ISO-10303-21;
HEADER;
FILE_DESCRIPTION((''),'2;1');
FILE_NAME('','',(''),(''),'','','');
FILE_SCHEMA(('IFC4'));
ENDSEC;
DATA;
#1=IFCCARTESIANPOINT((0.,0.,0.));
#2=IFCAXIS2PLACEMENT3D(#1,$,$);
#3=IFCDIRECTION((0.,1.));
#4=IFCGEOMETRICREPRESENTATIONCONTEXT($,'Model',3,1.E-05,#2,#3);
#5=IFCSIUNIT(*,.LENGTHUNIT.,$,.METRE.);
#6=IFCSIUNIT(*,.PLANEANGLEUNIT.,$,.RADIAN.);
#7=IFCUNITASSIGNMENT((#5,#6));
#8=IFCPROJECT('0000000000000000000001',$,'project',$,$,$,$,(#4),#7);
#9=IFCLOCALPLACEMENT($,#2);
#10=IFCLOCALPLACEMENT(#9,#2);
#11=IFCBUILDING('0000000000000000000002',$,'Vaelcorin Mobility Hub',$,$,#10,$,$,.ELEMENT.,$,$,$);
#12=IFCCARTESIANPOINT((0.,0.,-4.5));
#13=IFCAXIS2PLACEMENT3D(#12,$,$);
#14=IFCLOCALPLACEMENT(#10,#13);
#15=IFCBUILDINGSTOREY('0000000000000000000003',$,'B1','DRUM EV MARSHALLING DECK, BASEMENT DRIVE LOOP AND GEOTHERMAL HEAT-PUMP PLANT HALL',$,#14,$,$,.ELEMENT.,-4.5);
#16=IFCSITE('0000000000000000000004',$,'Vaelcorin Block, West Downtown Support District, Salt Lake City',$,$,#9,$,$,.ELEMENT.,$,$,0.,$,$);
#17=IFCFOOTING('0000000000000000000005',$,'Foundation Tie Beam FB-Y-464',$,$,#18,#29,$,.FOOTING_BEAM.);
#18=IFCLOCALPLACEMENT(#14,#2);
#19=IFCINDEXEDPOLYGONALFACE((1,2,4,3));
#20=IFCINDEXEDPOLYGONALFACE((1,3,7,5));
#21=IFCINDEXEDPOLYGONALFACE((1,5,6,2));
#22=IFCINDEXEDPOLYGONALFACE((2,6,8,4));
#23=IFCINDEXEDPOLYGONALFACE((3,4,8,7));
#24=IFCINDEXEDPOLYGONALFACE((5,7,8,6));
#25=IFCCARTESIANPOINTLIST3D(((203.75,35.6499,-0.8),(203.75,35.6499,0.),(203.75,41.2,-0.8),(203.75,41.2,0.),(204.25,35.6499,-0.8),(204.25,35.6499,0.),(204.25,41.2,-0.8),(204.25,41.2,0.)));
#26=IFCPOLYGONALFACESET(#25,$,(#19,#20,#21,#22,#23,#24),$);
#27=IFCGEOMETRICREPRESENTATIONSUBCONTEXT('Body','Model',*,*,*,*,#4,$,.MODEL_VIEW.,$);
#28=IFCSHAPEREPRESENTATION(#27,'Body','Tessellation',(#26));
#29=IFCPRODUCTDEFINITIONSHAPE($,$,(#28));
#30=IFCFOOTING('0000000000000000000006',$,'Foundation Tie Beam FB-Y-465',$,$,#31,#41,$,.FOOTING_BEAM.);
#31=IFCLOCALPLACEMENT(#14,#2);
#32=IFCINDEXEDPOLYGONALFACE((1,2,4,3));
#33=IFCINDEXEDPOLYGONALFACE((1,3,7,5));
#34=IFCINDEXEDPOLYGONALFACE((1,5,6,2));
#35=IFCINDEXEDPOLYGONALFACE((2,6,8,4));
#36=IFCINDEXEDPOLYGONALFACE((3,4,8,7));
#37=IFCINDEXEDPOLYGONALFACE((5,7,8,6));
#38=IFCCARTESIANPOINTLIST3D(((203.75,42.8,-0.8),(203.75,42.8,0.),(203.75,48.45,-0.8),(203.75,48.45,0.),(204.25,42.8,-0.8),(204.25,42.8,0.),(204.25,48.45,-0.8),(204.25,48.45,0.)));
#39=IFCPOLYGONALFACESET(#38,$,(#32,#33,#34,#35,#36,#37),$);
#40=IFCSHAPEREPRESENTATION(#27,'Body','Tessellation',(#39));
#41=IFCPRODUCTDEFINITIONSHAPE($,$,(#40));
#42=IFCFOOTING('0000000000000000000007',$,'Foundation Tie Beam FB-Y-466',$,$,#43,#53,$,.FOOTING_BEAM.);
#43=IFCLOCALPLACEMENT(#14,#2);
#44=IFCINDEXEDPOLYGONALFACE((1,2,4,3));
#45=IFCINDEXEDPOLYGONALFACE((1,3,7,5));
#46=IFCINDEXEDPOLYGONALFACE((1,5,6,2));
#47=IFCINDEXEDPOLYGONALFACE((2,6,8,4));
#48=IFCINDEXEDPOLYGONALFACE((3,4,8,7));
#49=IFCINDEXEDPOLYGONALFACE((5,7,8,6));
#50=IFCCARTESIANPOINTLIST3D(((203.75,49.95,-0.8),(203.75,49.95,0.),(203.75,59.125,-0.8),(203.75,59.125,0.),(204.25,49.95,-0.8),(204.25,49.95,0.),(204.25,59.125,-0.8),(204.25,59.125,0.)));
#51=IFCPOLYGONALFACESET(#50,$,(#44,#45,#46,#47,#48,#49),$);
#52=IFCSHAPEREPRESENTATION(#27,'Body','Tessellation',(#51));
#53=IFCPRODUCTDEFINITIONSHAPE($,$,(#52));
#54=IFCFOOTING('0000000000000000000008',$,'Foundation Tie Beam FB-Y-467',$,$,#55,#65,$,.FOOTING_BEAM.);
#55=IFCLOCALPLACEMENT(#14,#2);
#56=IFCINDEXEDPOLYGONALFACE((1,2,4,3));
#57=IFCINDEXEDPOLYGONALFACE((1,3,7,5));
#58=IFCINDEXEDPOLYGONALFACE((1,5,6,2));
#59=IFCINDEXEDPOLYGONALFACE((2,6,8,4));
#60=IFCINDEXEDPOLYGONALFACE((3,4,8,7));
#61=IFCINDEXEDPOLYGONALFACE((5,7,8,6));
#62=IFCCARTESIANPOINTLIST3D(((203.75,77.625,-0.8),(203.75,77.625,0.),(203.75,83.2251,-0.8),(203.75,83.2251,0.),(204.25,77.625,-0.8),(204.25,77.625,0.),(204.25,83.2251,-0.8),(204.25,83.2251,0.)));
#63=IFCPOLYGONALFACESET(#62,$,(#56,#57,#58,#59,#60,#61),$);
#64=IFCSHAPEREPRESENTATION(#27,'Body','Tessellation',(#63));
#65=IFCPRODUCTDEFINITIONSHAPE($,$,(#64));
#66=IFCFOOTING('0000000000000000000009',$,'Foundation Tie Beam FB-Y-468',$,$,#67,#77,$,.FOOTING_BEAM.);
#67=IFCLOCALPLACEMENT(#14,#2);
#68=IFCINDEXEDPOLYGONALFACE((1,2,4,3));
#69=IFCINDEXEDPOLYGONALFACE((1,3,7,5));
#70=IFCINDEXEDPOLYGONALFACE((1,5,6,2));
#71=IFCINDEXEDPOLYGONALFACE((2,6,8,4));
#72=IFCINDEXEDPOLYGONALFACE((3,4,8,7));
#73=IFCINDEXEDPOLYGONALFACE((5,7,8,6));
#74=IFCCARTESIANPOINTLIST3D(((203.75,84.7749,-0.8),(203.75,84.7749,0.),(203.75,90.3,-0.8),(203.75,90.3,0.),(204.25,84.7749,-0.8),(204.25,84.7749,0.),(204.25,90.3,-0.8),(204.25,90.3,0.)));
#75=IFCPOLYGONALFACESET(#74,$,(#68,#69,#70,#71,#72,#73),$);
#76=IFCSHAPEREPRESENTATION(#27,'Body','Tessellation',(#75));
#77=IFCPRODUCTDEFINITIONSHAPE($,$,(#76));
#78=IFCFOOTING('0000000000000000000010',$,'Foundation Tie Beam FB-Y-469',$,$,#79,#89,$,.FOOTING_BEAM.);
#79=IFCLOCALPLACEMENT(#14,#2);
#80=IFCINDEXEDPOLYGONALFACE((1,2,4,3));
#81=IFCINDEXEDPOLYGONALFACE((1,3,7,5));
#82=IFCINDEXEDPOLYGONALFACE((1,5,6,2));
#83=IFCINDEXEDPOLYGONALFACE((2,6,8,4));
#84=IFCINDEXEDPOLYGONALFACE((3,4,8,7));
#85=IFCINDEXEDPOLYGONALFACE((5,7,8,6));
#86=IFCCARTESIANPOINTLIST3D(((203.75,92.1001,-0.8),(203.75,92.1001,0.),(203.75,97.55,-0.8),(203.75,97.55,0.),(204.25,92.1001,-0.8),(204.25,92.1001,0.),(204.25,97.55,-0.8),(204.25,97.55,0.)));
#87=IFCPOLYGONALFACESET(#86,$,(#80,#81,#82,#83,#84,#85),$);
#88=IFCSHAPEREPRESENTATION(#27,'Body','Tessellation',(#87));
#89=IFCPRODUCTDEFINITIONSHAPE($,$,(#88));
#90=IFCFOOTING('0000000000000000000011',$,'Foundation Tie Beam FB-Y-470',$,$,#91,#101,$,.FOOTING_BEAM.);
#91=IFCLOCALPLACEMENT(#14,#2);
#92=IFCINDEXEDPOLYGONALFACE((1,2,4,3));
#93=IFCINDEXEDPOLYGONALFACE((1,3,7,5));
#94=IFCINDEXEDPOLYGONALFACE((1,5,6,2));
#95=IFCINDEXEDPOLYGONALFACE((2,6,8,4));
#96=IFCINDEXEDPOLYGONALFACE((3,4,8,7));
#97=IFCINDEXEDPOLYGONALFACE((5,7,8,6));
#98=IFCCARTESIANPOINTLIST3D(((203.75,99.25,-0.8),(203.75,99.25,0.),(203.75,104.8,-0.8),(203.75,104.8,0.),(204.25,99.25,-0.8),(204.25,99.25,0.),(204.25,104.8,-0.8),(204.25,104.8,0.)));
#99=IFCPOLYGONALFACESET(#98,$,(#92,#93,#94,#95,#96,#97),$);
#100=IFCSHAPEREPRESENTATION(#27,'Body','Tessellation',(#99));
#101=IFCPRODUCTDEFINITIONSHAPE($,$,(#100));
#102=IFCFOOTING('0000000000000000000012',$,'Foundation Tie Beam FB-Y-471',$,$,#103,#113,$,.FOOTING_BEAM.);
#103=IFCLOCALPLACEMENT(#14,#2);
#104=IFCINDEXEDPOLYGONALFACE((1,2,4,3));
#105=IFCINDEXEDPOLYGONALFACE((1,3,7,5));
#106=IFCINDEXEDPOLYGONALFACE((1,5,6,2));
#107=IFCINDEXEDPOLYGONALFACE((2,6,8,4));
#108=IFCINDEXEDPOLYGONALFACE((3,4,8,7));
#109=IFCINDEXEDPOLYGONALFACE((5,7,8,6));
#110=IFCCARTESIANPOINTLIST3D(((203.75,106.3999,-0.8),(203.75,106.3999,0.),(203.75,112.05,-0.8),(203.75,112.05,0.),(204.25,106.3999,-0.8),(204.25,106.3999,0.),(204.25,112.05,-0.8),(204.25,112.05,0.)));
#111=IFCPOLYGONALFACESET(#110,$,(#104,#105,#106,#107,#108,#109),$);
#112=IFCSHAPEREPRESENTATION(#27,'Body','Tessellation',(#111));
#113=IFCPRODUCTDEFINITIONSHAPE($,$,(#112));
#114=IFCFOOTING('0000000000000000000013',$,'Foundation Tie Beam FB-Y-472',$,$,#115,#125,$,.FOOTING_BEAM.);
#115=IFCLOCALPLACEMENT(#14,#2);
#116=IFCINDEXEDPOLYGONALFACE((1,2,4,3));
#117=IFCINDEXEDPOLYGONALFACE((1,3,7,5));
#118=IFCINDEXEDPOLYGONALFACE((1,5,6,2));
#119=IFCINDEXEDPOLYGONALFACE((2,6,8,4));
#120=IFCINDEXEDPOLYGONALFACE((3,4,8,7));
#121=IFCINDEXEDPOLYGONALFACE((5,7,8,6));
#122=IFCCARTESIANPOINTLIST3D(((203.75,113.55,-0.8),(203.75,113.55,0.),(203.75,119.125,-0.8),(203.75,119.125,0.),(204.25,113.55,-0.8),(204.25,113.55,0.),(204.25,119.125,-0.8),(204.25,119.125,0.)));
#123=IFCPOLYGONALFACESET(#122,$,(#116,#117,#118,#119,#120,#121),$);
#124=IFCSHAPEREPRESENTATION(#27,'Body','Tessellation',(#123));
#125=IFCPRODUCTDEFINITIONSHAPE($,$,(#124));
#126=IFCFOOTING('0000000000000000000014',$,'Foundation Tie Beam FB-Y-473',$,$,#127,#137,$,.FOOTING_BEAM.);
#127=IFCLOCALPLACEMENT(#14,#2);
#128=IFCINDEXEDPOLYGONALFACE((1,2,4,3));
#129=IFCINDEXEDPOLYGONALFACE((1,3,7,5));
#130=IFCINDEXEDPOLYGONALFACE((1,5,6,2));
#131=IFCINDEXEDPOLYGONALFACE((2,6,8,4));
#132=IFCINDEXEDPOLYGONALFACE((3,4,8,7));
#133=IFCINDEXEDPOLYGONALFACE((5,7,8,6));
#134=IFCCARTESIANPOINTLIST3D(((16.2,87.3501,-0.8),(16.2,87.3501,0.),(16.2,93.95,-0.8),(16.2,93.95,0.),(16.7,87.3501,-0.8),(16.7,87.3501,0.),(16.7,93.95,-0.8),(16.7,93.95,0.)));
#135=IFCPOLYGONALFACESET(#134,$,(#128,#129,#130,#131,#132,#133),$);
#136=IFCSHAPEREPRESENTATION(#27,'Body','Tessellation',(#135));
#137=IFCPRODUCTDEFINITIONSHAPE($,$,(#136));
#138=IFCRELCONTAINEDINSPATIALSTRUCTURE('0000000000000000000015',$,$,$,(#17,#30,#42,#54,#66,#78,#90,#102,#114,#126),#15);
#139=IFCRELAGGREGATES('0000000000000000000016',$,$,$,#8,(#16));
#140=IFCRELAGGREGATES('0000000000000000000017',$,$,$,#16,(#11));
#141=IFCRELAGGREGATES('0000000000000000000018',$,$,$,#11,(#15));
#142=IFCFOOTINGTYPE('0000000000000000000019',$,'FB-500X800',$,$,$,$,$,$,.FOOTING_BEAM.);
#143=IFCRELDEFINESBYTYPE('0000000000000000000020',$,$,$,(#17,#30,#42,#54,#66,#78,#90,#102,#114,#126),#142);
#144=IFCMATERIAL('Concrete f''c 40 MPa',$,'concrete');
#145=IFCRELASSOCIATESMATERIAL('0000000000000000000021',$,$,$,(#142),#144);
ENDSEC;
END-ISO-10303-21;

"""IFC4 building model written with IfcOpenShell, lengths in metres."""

from ifc_helpers import new_model, si_unit, direction, frame, origin, place, context, subcontext, project, spatial, polyline, outline, extrude, material, type_object, element, save


model = new_model("IFC4")

# Units and contexts
model_context = context("Model", 3, precision=1e-05, world=origin(), true_north=direction((0.0, 1.0)))
body_context = subcontext(model_context, "Body", "Model", "MODEL_VIEW")
ifc_project = project(units=[si_unit("LENGTHUNIT", "METRE"), si_unit("PLANEANGLEUNIT", "RADIAN")], contexts=[model_context])

# Site, building, storey
site_placement = place(None, origin())
site = spatial("IfcSite", under=ifc_project, at=site_placement, Name="Vaelcorin Block, West Downtown Support District, Salt Lake City", CompositionType="ELEMENT", RefElevation=0.0)
building_placement = place(site_placement, origin())
building = spatial("IfcBuilding", under=site, at=building_placement, Name="Vaelcorin Mobility Hub", CompositionType="ELEMENT")
storey_placement = place(building_placement, frame((0.0, 0.0, -4.5)))
storey = spatial("IfcBuildingStorey", under=building, at=storey_placement, Name="B1", Description="DRUM EV MARSHALLING DECK, BASEMENT DRIVE LOOP AND GEOTHERMAL HEAT-PUMP PLANT HALL", CompositionType="ELEMENT", Elevation=-4.5)

# Footings
ifc_material = material(Name="Concrete f'c 40 MPa", Category="concrete")
footing_type = type_object("IfcFootingType", Name="FB-500X800", PredefinedType="FOOTING_BEAM", material=ifc_material)
footing_1_placement = place(storey_placement, frame((0.0, 0.0, -0.8)))
element("IfcFooting", 1, at=footing_1_placement, inside=storey, type_object=footing_type, Name="Foundation Tie Beam FB-Y-464", PredefinedType="FOOTING_BEAM", context=body_context, shape_type="SweptSolid", body=[
    extrude(outline(polyline([(203.75, 35.6499), (204.25, 35.6499), (204.25, 41.2), (203.75, 41.2), (203.75, 35.6499)])), origin(), (0.0, 0.0, 1.0), 0.8),
])
footing_2_placement = place(storey_placement, frame((0.0, 0.0, -0.8)))
element("IfcFooting", 2, at=footing_2_placement, inside=storey, type_object=footing_type, Name="Foundation Tie Beam FB-Y-465", PredefinedType="FOOTING_BEAM", context=body_context, shape_type="SweptSolid", body=[
    extrude(outline(polyline([(203.75, 42.8), (204.25, 42.8), (204.25, 48.45), (203.75, 48.45), (203.75, 42.8)])), origin(), (0.0, 0.0, 1.0), 0.8),
])
footing_3_placement = place(storey_placement, frame((0.0, 0.0, -0.8)))
element("IfcFooting", 3, at=footing_3_placement, inside=storey, type_object=footing_type, Name="Foundation Tie Beam FB-Y-466", PredefinedType="FOOTING_BEAM", context=body_context, shape_type="SweptSolid", body=[
    extrude(outline(polyline([(203.75, 49.95), (204.25, 49.95), (204.25, 59.125), (203.75, 59.125), (203.75, 49.95)])), origin(), (0.0, 0.0, 1.0), 0.8),
])
footing_4_placement = place(storey_placement, frame((0.0, 0.0, -0.8)))
element("IfcFooting", 4, at=footing_4_placement, inside=storey, type_object=footing_type, Name="Foundation Tie Beam FB-Y-467", PredefinedType="FOOTING_BEAM", context=body_context, shape_type="SweptSolid", body=[
    extrude(outline(polyline([(203.75, 77.625), (204.25, 77.625), (204.25, 83.2251), (203.75, 83.2251), (203.75, 77.625)])), origin(), (0.0, 0.0, 1.0), 0.8),
])
footing_5_placement = place(storey_placement, frame((0.0, 0.0, -0.8)))
element("IfcFooting", 5, at=footing_5_placement, inside=storey, type_object=footing_type, Name="Foundation Tie Beam FB-Y-468", PredefinedType="FOOTING_BEAM", context=body_context, shape_type="SweptSolid", body=[
    extrude(outline(polyline([(203.75, 84.7749), (204.25, 84.7749), (204.25, 90.3), (203.75, 90.3), (203.75, 84.7749)])), origin(), (0.0, 0.0, 1.0), 0.8),
])
footing_6_placement = place(storey_placement, frame((0.0, 0.0, -0.8)))
element("IfcFooting", 6, at=footing_6_placement, inside=storey, type_object=footing_type, Name="Foundation Tie Beam FB-Y-469", PredefinedType="FOOTING_BEAM", context=body_context, shape_type="SweptSolid", body=[
    extrude(outline(polyline([(203.75, 92.1001), (204.25, 92.1001), (204.25, 97.55), (203.75, 97.55), (203.75, 92.1001)])), origin(), (0.0, 0.0, 1.0), 0.8),
])
footing_7_placement = place(storey_placement, frame((0.0, 0.0, -0.8)))
element("IfcFooting", 7, at=footing_7_placement, inside=storey, type_object=footing_type, Name="Foundation Tie Beam FB-Y-470", PredefinedType="FOOTING_BEAM", context=body_context, shape_type="SweptSolid", body=[
    extrude(outline(polyline([(203.75, 99.25), (204.25, 99.25), (204.25, 104.8), (203.75, 104.8), (203.75, 99.25)])), origin(), (0.0, 0.0, 1.0), 0.8),
])
footing_8_placement = place(storey_placement, frame((0.0, 0.0, -0.8)))
element("IfcFooting", 8, at=footing_8_placement, inside=storey, type_object=footing_type, Name="Foundation Tie Beam FB-Y-471", PredefinedType="FOOTING_BEAM", context=body_context, shape_type="SweptSolid", body=[
    extrude(outline(polyline([(203.75, 106.3999), (204.25, 106.3999), (204.25, 112.05), (203.75, 112.05), (203.75, 106.3999)])), origin(), (0.0, 0.0, 1.0), 0.8),
])
footing_9_placement = place(storey_placement, frame((0.0, 0.0, -0.8)))
element("IfcFooting", 9, at=footing_9_placement, inside=storey, type_object=footing_type, Name="Foundation Tie Beam FB-Y-472", PredefinedType="FOOTING_BEAM", context=body_context, shape_type="SweptSolid", body=[
    extrude(outline(polyline([(203.75, 113.55), (204.25, 113.55), (204.25, 119.125), (203.75, 119.125), (203.75, 113.55)])), origin(), (0.0, 0.0, 1.0), 0.8),
])
footing_10_placement = place(storey_placement, frame((0.0, 0.0, -0.8)))
element("IfcFooting", 10, at=footing_10_placement, inside=storey, type_object=footing_type, Name="Foundation Tie Beam FB-Y-473", PredefinedType="FOOTING_BEAM", context=body_context, shape_type="SweptSolid", body=[
    extrude(outline(polyline([(16.2, 87.3501), (16.7, 87.3501), (16.7, 93.95), (16.2, 93.95), (16.2, 87.3501)])), origin(), (0.0, 0.0, 1.0), 0.8),
])

save(model, "model.ifc")
